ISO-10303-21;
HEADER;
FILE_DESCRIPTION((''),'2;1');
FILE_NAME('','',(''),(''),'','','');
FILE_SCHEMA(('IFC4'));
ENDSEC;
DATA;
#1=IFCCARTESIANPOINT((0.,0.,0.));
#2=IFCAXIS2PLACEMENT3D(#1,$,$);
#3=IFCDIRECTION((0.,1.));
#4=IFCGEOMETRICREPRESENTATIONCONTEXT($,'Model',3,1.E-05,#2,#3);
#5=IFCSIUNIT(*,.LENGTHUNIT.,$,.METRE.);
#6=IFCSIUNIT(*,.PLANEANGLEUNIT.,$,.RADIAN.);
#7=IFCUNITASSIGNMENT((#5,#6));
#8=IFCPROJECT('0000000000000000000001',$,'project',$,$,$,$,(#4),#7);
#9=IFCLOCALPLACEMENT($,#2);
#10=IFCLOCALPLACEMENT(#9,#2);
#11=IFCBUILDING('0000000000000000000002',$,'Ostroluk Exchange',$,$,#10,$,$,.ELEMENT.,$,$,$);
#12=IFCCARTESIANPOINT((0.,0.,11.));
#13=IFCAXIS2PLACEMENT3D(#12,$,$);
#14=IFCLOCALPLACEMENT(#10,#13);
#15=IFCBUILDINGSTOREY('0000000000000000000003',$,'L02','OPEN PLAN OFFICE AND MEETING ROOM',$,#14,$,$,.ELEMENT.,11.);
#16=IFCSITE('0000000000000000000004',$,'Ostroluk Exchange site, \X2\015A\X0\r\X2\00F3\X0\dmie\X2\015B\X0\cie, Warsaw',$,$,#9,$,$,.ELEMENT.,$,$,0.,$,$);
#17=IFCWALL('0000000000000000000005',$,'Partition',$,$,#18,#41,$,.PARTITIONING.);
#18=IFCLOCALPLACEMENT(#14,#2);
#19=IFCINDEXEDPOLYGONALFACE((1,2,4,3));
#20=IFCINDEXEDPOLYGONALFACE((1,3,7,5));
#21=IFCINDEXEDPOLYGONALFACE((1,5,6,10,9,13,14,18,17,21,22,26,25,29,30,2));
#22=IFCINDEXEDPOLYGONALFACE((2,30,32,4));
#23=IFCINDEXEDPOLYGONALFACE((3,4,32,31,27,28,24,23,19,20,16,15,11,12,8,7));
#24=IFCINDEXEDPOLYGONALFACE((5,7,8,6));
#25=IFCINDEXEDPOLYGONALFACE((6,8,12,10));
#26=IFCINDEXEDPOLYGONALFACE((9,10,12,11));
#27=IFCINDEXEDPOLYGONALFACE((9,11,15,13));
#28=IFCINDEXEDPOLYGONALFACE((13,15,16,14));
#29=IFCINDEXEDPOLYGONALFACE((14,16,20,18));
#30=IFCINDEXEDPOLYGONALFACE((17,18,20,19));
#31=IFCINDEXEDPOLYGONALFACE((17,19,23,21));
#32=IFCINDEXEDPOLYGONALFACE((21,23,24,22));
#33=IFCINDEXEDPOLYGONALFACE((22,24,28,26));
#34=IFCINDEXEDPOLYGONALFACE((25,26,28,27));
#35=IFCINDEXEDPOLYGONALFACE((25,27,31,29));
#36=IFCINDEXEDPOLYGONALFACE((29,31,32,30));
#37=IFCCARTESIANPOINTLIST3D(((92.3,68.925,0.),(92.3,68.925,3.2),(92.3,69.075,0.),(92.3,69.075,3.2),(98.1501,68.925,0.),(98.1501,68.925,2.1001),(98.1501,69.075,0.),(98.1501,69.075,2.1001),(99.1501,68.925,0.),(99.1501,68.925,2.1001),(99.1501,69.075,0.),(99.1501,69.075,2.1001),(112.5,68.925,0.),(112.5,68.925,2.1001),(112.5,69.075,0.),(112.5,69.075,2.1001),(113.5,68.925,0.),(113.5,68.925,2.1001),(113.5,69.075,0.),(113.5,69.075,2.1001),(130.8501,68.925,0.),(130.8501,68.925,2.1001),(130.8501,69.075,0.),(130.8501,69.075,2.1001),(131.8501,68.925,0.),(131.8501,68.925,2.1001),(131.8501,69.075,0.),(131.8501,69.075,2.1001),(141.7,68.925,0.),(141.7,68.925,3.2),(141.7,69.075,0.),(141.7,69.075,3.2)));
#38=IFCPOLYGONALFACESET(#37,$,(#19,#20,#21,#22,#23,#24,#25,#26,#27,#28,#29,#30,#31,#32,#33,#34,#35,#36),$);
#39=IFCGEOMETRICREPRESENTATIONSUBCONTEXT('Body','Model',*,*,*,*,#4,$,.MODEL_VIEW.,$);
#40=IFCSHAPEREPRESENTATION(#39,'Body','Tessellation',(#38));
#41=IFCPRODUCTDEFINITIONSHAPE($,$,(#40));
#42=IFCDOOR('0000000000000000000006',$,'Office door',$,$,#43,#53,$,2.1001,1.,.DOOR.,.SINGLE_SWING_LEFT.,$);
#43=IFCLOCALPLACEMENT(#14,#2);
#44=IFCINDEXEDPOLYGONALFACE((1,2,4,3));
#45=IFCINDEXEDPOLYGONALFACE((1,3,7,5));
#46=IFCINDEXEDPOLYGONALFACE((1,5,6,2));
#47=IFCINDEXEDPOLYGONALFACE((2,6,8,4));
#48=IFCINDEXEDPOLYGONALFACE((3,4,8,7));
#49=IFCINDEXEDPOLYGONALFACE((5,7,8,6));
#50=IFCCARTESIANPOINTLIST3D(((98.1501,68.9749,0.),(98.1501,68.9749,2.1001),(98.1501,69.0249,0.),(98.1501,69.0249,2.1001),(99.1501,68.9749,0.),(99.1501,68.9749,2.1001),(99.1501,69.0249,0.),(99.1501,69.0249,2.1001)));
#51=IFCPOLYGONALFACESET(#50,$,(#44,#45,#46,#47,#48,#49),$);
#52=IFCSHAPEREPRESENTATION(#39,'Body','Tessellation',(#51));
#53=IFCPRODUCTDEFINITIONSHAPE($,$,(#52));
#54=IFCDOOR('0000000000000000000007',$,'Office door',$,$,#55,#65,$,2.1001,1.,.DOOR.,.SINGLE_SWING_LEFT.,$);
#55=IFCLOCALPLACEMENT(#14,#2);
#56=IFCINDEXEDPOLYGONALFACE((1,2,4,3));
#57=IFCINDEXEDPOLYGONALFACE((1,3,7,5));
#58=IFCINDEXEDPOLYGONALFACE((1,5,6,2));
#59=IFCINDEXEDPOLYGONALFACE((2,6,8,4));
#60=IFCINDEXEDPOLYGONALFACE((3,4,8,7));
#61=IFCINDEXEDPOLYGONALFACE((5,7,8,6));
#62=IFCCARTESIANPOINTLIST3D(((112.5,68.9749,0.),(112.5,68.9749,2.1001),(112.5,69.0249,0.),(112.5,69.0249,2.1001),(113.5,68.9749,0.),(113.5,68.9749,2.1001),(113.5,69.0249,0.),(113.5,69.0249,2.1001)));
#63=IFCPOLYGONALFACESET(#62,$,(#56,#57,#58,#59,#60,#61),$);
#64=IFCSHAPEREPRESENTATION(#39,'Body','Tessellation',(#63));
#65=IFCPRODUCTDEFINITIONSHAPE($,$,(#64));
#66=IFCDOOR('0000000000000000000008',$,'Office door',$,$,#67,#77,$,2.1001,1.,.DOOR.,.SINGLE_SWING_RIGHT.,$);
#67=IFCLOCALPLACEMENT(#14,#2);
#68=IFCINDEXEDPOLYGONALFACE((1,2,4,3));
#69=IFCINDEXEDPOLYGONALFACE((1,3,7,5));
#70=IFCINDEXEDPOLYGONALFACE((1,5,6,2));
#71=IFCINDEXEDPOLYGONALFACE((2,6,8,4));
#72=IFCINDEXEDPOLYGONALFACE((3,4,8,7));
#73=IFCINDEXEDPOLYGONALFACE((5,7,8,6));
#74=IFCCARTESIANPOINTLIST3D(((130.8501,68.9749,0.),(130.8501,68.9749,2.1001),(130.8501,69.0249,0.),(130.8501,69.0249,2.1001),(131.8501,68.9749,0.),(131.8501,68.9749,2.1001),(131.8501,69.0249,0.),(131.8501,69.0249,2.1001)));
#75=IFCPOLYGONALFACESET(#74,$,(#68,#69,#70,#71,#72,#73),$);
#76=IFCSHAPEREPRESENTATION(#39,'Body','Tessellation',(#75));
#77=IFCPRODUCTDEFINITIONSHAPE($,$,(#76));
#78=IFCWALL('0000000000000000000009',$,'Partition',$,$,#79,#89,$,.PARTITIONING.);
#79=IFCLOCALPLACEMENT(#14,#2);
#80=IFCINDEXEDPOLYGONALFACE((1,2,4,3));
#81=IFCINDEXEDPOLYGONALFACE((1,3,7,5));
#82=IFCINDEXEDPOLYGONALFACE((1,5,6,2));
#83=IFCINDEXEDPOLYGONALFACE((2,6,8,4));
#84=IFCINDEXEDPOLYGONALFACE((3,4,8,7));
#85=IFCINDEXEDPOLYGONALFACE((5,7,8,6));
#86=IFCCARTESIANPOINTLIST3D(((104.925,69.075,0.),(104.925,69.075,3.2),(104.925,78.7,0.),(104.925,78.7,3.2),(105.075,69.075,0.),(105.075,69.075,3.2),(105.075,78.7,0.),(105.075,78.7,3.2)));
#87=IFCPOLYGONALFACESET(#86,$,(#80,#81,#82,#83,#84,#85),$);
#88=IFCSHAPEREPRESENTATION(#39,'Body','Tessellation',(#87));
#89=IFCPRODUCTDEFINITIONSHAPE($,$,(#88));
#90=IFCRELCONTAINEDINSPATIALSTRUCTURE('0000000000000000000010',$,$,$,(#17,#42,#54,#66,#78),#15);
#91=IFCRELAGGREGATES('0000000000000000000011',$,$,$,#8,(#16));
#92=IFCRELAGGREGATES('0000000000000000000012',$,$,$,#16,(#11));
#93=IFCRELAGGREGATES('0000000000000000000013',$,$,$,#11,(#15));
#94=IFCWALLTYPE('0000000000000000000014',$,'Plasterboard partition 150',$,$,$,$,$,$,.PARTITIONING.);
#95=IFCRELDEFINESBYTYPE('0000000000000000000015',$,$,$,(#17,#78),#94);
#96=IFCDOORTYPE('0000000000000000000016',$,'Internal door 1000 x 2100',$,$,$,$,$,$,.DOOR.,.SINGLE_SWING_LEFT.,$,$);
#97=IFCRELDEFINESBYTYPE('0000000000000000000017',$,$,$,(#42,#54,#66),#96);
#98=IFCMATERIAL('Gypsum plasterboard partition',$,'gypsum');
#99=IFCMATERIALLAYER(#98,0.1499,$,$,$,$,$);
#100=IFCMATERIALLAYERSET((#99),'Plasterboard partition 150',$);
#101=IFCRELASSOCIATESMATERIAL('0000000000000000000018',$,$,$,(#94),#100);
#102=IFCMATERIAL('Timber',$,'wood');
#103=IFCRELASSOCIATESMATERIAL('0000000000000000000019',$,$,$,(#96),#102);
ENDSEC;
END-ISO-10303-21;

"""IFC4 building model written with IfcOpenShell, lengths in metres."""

from ifc_helpers import new_model, si_unit, direction, frame, frame_2d, origin, place, context, subcontext, project, spatial, rectangle, extrude, material, layer, layer_set, type_object, element, fill, save


model = new_model("IFC4")

# Units and contexts
model_context = context("Model", 3, precision=1e-05, world=origin(), true_north=direction((0.0, 1.0)))
body_context = subcontext(model_context, "Body", "Model", "MODEL_VIEW")
ifc_project = project(units=[si_unit("LENGTHUNIT", "METRE"), si_unit("PLANEANGLEUNIT", "RADIAN")], contexts=[model_context])

# Site, building, storey
site_placement = place(None, origin())
site = spatial("IfcSite", under=ifc_project, at=site_placement, Name="Ostroluk Exchange site, Śródmieście, Warsaw", CompositionType="ELEMENT", RefElevation=0.0)
building_placement = place(site_placement, origin())
building = spatial("IfcBuilding", under=site, at=building_placement, Name="Ostroluk Exchange", CompositionType="ELEMENT")
storey_placement = place(building_placement, frame((0.0, 0.0, 11.0)))
storey = spatial("IfcBuildingStorey", under=building, at=storey_placement, Name="L02", Description="OPEN PLAN OFFICE AND MEETING ROOM", CompositionType="ELEMENT", Elevation=11.0)

# Wall, openings, doors
ifc_material_1 = material(Name="Gypsum plasterboard partition", Category="gypsum")
ifc_layer_1 = layer(ifc_material_1, 0.1499)
ifc_layer_set_1 = layer_set([ifc_layer_1], Name="Plasterboard partition 150")
wall_type_1 = type_object("IfcWallType", Name="Plasterboard partition 150", PredefinedType="PARTITIONING", material=ifc_layer_set_1)
wall_1_placement = place(storey_placement, frame((92.3, 69.0, 0.0), z_axis=(0.0, 0.0, 1.0), x_axis=(1.0, 0.0, 0.0)))
wall_1 = element("IfcWall", 1, at=wall_1_placement, inside=storey, type_object=wall_type_1, Name="Partition", PredefinedType="PARTITIONING", context=body_context, shape_type="SweptSolid", body=[
    extrude(rectangle(XDim=49.3999, YDim=0.1499, at=frame_2d((24.7, 0.0))), origin(), (0.0, 0.0, 1.0), 3.2),
])
opening_1_placement = place(wall_1_placement, frame((5.8501, 0.0, 0.0)))
opening_1 = element("IfcOpeningElement", 2, at=opening_1_placement, cuts=wall_1, PredefinedType="OPENING", context=body_context, shape_type="SweptSolid", body=[
    extrude(rectangle(XDim=1.0, YDim=2.1001, at=frame_2d((0.5, 1.05))), frame((0.0, 0.085, 0.0), z_axis=(0.0, -1.0, 0.0), x_axis=(1.0, 0.0, 0.0)), (0.0, 0.0, 1.0), 0.1699),
])
opening_2_placement = place(wall_1_placement, frame((20.2, 0.0, 0.0)))
opening_2 = element("IfcOpeningElement", 3, at=opening_2_placement, cuts=wall_1, PredefinedType="OPENING", context=body_context, shape_type="SweptSolid", body=[
    extrude(rectangle(XDim=1.0, YDim=2.1001, at=frame_2d((0.5, 1.05))), frame((0.0, 0.085, 0.0), z_axis=(0.0, -1.0, 0.0), x_axis=(1.0, 0.0, 0.0)), (0.0, 0.0, 1.0), 0.1699),
])
opening_3_placement = place(wall_1_placement, frame((38.55, 0.0, 0.0)))
opening_3 = element("IfcOpeningElement", 4, at=opening_3_placement, cuts=wall_1, PredefinedType="OPENING", context=body_context, shape_type="SweptSolid", body=[
    extrude(rectangle(XDim=1.0, YDim=2.1001, at=frame_2d((0.5, 1.05))), frame((0.0, 0.085, 0.0), z_axis=(0.0, -1.0, 0.0), x_axis=(1.0, 0.0, 0.0)), (0.0, 0.0, 1.0), 0.1699),
])
ifc_material_2 = material(Name="Timber", Category="wood")
door_type_1 = type_object("IfcDoorType", Name="Internal door 1000 x 2100", OperationType="SINGLE_SWING_LEFT", PredefinedType="DOOR", material=ifc_material_2)
door_1_placement = place(opening_1_placement, origin())
door_1 = element("IfcDoor", 5, at=door_1_placement, inside=storey, type_object=door_type_1, Name="Office door", OperationType="SINGLE_SWING_LEFT", OverallHeight=2.1001, OverallWidth=1.0, PredefinedType="DOOR", context=body_context, shape_type="SweptSolid", body=[
    extrude(rectangle(XDim=1.0, YDim=2.1001, at=frame_2d((0.5, 1.05))), frame((0.0, 0.0249, 0.0), z_axis=(0.0, -1.0, 0.0), x_axis=(1.0, 0.0, 0.0)), (0.0, 0.0, 1.0), 0.05),
])
fill(opening_1, door_1)
door_2_placement = place(opening_2_placement, origin())
door_2 = element("IfcDoor", 6, at=door_2_placement, inside=storey, type_object=door_type_1, Name="Office door", OperationType="SINGLE_SWING_LEFT", OverallHeight=2.1001, OverallWidth=1.0, PredefinedType="DOOR", context=body_context, shape_type="SweptSolid", body=[
    extrude(rectangle(XDim=1.0, YDim=2.1001, at=frame_2d((0.5, 1.05))), frame((0.0, 0.0249, 0.0), z_axis=(0.0, -1.0, 0.0), x_axis=(1.0, 0.0, 0.0)), (0.0, 0.0, 1.0), 0.05),
])
fill(opening_2, door_2)
door_3_placement = place(opening_3_placement, origin())
door_3 = element("IfcDoor", 7, at=door_3_placement, inside=storey, type_object=door_type_1, Name="Office door", OperationType="SINGLE_SWING_RIGHT", OverallHeight=2.1001, OverallWidth=1.0, PredefinedType="DOOR", context=body_context, shape_type="SweptSolid", body=[
    extrude(rectangle(XDim=1.0, YDim=2.1001, at=frame_2d((0.5, 1.05))), frame((0.0, 0.0249, 0.0), z_axis=(0.0, -1.0, 0.0), x_axis=(1.0, 0.0, 0.0)), (0.0, 0.0, 1.0), 0.05),
])
fill(opening_3, door_3)

# Wall
wall_2_placement = place(storey_placement, frame((105.0, 69.075, 0.0), z_axis=(0.0, 0.0, 1.0), x_axis=(0.0, 1.0, 0.0)))
element("IfcWall", 8, at=wall_2_placement, inside=storey, type_object=wall_type_1, Name="Partition", PredefinedType="PARTITIONING", context=body_context, shape_type="SweptSolid", body=[
    extrude(rectangle(XDim=9.625, YDim=0.1499, at=frame_2d((4.8125, 0.0))), origin(), (0.0, 0.0, 1.0), 3.2),
])

save(model, "model.ifc")
